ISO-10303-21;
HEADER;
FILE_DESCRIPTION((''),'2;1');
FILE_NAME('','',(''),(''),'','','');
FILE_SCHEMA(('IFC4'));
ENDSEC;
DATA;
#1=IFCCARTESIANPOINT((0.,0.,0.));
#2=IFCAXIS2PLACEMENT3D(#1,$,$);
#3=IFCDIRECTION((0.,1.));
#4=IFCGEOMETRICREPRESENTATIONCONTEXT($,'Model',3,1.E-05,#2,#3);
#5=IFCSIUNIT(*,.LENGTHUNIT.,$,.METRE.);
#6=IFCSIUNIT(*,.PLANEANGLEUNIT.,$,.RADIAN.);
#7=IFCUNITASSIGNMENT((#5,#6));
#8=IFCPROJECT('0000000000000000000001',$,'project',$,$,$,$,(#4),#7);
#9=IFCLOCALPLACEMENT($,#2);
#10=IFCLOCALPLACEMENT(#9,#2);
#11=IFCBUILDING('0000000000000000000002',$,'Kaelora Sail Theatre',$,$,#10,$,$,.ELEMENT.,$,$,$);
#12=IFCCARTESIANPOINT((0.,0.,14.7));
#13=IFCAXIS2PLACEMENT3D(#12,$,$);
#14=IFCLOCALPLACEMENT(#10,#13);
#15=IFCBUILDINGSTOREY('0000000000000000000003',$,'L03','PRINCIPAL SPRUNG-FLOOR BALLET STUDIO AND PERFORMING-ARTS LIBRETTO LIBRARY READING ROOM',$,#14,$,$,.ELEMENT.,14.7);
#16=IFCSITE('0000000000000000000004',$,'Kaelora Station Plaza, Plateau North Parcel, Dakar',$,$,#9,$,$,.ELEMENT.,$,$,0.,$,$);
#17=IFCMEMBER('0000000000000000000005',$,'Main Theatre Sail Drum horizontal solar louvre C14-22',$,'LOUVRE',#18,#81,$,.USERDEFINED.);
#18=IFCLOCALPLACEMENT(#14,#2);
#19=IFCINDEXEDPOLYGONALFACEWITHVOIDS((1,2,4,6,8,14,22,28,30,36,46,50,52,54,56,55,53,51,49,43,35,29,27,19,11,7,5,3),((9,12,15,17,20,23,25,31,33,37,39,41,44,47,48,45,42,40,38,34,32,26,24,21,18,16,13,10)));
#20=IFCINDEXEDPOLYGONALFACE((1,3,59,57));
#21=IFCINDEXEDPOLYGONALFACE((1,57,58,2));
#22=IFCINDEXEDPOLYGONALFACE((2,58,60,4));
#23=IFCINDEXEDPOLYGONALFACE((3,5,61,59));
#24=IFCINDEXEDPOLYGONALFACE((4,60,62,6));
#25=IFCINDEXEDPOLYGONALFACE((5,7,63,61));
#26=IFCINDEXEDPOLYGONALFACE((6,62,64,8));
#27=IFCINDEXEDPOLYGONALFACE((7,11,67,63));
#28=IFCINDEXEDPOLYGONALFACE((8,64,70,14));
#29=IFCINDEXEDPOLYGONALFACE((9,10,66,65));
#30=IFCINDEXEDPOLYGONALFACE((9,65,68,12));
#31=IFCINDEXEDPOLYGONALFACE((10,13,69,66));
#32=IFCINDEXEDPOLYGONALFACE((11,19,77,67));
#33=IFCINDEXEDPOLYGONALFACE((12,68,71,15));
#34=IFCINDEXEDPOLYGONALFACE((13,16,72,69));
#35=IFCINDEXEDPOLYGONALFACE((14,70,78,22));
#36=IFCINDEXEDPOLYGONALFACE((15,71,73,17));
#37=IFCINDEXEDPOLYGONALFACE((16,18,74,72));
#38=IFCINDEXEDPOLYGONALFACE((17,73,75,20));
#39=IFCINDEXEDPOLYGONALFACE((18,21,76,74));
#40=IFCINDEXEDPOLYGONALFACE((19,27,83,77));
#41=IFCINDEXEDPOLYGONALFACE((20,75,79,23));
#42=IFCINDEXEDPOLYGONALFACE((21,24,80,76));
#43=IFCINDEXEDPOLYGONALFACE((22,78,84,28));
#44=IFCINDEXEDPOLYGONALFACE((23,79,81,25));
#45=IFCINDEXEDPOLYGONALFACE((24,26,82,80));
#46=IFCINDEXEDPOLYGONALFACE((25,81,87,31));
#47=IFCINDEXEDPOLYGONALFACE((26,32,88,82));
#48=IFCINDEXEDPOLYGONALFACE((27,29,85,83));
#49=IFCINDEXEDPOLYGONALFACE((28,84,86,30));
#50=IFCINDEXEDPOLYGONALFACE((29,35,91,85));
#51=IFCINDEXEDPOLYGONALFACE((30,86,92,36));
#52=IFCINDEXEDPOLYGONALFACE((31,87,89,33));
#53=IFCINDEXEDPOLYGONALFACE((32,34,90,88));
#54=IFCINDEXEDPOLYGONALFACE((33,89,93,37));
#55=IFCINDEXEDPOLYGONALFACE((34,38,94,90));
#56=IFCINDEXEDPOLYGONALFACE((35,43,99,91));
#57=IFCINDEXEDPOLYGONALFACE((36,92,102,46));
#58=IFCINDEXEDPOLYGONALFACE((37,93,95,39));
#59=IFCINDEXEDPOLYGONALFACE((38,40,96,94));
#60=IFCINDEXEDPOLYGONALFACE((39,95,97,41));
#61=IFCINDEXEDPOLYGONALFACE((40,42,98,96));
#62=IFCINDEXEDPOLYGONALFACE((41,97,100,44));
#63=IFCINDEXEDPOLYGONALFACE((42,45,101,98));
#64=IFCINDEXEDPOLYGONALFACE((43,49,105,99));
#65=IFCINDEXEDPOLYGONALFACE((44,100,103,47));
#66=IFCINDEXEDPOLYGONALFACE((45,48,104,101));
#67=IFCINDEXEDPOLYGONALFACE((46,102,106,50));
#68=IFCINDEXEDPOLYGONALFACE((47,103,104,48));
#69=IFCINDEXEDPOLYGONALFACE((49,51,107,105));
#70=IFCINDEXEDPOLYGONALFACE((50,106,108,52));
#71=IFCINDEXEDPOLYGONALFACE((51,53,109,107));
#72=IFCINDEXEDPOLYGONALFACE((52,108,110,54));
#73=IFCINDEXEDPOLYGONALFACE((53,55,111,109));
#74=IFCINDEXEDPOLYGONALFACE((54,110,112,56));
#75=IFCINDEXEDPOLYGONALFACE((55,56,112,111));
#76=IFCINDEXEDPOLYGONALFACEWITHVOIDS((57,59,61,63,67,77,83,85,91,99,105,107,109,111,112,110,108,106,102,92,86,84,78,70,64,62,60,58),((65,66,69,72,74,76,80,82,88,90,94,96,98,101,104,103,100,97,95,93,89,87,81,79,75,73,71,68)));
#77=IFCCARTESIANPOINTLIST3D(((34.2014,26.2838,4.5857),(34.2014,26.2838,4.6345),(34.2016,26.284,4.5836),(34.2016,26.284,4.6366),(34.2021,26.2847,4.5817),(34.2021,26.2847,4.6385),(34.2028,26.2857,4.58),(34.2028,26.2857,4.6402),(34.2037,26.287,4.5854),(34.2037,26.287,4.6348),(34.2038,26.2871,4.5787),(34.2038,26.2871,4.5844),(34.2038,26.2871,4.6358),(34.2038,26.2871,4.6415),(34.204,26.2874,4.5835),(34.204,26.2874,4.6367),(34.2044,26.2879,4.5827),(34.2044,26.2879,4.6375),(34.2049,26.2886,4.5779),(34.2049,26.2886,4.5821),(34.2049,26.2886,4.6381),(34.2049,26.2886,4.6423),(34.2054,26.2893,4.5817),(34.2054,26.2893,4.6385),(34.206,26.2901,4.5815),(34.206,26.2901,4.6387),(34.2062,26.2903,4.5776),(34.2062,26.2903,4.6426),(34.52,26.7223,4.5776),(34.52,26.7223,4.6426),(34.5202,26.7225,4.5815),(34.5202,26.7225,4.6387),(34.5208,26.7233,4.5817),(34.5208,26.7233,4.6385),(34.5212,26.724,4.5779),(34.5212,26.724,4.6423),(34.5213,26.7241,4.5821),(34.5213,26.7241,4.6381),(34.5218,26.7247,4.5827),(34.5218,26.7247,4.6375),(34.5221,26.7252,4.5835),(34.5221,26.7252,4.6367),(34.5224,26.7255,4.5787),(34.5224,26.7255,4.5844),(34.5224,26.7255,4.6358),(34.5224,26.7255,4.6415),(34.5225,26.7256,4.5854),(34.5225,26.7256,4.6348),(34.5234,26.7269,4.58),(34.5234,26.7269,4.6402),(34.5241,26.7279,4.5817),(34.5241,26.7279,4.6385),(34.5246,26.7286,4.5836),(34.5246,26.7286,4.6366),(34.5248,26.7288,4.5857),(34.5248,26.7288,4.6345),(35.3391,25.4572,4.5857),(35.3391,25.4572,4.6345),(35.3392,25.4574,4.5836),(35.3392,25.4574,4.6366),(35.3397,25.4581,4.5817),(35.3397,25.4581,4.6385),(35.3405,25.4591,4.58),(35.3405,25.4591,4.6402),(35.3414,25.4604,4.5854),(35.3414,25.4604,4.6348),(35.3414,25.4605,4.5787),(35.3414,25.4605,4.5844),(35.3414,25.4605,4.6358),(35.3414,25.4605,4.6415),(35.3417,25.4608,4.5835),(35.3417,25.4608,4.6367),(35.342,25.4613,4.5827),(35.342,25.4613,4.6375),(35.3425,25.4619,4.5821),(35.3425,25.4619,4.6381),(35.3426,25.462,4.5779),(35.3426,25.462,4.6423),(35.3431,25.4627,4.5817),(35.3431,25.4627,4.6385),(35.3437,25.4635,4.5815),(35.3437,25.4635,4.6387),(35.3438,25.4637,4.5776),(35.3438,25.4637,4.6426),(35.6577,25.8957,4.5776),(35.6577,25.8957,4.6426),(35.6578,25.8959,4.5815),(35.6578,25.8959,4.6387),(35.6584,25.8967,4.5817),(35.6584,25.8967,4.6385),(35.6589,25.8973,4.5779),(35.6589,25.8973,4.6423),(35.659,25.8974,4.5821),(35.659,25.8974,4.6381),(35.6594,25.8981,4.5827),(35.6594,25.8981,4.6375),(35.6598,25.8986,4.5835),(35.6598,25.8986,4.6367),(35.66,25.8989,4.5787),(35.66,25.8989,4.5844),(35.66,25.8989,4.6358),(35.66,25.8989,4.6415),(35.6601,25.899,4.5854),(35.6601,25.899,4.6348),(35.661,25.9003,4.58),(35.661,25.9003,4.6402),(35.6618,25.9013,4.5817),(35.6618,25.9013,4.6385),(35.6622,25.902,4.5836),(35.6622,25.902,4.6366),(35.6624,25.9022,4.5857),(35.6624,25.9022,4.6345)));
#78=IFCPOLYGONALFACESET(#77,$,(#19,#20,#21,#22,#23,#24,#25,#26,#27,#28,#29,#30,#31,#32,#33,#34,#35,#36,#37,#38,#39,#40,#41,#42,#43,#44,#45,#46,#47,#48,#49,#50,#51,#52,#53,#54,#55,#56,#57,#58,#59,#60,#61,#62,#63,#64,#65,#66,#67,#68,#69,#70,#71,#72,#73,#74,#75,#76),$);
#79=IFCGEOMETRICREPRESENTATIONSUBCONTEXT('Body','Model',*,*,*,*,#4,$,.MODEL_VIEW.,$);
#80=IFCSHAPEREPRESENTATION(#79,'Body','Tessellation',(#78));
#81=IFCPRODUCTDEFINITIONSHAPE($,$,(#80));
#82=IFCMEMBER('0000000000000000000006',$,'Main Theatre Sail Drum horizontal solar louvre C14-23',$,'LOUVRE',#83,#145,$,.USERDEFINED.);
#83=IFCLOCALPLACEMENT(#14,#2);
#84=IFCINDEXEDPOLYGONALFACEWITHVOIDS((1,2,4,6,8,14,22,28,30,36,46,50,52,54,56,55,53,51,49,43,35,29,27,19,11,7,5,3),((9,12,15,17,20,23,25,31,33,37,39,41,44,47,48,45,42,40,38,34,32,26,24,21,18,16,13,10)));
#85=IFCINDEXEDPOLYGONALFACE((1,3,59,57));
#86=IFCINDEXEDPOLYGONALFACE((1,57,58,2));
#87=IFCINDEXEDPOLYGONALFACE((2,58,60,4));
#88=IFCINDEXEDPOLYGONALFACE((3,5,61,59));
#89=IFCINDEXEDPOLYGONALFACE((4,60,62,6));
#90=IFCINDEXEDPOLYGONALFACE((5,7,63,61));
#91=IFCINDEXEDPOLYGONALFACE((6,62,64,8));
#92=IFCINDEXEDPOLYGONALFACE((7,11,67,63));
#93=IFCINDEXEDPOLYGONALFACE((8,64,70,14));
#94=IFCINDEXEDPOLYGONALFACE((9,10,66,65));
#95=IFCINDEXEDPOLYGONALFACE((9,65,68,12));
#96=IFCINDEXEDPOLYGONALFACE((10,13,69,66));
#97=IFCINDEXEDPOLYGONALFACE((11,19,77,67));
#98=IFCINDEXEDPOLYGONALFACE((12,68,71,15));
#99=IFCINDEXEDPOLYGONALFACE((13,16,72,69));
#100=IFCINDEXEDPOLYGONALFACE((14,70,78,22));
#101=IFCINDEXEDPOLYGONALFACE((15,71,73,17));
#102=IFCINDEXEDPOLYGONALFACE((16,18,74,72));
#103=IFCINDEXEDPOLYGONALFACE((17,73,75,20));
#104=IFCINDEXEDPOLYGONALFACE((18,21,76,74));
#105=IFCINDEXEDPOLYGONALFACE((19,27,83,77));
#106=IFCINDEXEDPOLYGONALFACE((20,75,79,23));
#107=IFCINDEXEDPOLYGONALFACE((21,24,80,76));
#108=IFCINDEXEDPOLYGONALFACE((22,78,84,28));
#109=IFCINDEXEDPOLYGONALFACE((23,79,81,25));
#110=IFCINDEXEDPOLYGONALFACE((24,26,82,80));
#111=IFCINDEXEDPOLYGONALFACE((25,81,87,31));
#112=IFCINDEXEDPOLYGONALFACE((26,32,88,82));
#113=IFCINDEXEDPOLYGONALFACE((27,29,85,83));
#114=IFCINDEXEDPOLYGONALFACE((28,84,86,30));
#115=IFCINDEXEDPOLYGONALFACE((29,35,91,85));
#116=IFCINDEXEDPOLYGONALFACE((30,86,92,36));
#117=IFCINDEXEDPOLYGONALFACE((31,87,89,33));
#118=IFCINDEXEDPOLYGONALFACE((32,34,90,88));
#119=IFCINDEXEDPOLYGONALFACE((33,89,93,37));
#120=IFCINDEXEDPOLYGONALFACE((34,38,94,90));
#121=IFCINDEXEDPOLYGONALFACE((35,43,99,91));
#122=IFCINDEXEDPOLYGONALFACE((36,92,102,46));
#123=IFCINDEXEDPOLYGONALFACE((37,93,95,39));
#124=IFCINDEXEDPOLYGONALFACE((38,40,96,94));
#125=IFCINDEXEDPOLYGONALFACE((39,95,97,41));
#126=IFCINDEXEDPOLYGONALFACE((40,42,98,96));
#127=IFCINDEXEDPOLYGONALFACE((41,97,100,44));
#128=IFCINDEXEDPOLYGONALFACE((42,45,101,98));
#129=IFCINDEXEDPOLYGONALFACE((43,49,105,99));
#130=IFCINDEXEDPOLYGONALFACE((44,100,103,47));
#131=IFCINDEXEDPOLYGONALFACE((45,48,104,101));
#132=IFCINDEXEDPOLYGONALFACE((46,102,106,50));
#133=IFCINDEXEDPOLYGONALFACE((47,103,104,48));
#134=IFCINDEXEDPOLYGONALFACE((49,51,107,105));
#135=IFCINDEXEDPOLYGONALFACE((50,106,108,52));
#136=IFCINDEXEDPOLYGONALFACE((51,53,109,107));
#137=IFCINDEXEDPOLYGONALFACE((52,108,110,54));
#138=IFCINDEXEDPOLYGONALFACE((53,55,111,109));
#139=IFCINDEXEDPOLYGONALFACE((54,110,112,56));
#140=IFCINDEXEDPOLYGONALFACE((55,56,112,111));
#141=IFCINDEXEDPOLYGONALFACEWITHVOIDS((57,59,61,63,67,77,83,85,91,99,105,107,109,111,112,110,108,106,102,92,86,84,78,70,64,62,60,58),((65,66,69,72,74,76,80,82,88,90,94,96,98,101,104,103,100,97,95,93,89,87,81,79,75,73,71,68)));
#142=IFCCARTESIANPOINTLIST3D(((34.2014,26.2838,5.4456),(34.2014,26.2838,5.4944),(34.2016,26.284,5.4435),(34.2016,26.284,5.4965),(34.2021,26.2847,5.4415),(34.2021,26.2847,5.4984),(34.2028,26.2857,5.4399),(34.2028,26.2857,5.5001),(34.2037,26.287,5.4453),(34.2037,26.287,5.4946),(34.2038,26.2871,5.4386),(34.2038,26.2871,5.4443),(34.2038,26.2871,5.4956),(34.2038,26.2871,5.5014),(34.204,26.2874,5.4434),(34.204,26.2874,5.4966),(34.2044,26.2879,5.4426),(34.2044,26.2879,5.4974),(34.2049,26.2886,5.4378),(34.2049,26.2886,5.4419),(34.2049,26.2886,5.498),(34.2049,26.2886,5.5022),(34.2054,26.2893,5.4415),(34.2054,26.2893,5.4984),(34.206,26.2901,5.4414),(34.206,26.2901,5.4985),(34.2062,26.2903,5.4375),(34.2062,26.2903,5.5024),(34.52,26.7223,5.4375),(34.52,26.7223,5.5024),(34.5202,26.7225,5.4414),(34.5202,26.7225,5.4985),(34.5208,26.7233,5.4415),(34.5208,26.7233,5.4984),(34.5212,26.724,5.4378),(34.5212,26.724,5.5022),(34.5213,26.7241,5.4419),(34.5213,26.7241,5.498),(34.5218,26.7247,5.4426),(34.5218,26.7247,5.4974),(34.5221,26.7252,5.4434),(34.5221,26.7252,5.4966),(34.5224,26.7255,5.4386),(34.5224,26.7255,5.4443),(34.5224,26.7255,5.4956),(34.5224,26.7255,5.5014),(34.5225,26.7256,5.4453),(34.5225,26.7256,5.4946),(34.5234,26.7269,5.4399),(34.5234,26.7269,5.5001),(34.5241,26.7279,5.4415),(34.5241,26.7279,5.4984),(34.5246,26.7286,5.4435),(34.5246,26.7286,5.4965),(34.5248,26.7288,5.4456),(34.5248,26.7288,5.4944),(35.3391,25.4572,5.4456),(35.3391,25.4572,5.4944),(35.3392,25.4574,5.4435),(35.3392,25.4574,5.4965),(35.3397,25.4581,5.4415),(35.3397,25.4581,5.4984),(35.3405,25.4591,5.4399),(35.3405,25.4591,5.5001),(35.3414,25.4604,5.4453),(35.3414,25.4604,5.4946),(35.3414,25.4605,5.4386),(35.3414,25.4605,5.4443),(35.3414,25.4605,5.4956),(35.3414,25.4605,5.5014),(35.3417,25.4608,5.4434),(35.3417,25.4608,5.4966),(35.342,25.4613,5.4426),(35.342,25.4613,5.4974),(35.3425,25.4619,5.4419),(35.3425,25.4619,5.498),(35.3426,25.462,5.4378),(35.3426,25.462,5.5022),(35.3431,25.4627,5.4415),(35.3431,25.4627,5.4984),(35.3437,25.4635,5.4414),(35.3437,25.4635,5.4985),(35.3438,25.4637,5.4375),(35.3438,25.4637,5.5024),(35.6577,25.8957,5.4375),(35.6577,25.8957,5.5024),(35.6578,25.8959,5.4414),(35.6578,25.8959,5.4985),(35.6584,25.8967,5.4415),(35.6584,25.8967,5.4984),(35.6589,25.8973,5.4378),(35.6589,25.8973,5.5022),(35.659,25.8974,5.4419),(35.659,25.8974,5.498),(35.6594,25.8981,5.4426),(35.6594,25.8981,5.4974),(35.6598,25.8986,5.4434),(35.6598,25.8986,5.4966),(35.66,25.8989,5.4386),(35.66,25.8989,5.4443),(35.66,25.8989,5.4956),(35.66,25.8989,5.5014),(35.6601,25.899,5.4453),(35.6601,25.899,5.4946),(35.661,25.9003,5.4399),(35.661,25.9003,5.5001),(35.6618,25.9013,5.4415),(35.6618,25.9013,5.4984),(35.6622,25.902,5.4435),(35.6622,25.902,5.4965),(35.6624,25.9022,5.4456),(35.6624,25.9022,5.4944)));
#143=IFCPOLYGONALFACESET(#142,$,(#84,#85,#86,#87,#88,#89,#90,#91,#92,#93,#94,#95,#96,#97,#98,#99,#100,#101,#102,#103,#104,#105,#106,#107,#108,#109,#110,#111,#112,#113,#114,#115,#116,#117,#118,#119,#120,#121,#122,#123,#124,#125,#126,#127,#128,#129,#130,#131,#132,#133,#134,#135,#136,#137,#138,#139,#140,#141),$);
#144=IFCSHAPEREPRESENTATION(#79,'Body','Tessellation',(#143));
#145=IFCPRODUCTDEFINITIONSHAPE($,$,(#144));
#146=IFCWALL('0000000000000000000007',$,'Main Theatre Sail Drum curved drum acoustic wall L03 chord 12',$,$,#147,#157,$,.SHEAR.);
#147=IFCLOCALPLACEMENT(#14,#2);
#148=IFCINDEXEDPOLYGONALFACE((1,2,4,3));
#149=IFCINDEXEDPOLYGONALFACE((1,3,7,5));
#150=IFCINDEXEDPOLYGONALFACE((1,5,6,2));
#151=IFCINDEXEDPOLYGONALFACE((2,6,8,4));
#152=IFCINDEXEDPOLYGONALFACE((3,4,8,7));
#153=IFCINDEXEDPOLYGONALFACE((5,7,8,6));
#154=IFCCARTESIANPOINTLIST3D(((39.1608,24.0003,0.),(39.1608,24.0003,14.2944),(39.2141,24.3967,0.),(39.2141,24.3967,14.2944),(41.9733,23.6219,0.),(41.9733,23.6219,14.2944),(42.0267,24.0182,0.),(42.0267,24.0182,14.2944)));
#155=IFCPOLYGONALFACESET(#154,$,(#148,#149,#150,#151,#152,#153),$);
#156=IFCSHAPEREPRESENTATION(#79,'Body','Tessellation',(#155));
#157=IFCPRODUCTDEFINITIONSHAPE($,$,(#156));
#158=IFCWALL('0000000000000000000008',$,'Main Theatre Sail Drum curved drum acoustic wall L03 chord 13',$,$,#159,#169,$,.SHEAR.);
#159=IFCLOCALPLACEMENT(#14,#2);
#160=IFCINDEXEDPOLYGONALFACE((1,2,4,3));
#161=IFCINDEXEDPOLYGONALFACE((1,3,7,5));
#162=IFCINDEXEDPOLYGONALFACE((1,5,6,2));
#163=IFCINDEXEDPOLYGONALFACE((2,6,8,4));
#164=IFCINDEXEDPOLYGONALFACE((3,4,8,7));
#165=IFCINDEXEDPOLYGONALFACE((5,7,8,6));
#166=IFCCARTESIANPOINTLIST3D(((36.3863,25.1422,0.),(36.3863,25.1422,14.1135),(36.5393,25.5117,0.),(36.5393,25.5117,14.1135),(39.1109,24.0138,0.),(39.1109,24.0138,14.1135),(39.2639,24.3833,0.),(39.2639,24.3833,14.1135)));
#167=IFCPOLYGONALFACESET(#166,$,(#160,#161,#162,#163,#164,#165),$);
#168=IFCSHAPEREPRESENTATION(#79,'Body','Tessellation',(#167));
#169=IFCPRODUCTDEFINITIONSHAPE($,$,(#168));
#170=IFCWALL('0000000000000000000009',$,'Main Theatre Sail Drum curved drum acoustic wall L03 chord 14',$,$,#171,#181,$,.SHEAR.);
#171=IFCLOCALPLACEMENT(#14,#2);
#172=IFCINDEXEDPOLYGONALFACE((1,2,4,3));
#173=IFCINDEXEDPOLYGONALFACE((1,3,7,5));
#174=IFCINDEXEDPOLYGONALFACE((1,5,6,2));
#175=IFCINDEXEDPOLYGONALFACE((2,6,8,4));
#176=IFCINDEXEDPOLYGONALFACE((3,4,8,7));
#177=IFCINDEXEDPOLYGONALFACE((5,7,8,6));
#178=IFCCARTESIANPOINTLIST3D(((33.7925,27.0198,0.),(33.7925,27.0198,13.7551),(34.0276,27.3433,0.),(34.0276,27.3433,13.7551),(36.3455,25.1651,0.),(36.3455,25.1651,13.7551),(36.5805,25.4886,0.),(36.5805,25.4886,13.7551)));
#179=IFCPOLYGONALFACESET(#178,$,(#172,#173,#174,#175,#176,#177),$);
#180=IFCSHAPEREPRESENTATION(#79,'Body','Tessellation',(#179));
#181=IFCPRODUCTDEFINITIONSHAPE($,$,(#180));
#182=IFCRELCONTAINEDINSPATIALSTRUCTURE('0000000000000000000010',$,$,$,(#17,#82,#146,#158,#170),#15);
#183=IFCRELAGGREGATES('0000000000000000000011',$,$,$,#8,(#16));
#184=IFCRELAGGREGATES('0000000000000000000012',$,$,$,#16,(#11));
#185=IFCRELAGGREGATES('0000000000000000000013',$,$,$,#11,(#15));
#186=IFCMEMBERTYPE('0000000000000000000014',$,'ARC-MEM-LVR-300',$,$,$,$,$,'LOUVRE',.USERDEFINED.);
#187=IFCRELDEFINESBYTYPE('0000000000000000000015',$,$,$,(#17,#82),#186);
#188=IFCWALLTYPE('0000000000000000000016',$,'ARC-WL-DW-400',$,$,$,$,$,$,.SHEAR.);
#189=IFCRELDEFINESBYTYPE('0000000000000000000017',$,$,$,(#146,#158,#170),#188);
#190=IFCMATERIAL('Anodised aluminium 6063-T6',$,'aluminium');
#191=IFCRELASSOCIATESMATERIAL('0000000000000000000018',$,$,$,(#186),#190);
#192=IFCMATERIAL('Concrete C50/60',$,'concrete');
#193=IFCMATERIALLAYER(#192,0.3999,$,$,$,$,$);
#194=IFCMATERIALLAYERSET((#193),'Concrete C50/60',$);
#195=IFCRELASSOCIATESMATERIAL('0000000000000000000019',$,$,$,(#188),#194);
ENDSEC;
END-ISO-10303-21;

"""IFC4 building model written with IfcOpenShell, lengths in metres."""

from ifc_helpers import new_model, si_unit, direction, frame, frame_2d, origin, origin_2d, place, context, subcontext, project, spatial, rectangle, hollow_rectangle, extrude, material, layer, layer_set, material_profile, profile_set, type_object, element, save


model = new_model("IFC4")

# Units and contexts
model_context = context("Model", 3, precision=1e-05, world=origin(), true_north=direction((0.0, 1.0)))
body_context = subcontext(model_context, "Body", "Model", "MODEL_VIEW")
ifc_project = project(units=[si_unit("LENGTHUNIT", "METRE"), si_unit("PLANEANGLEUNIT", "RADIAN")], contexts=[model_context])

# Site, building, storey
site_placement = place(None, origin())
site = spatial("IfcSite", under=ifc_project, at=site_placement, Name="Kaelora Station Plaza, Plateau North Parcel, Dakar", CompositionType="ELEMENT", RefElevation=0.0)
building_placement = place(site_placement, origin())
building = spatial("IfcBuilding", under=site, at=building_placement, Name="Kaelora Sail Theatre", CompositionType="ELEMENT")
storey_placement = place(building_placement, frame((0.0, 0.0, 14.7)))
storey = spatial("IfcBuildingStorey", under=building, at=storey_placement, Name="L03", Description="PRINCIPAL SPRUNG-FLOOR BALLET STUDIO AND PERFORMING-ARTS LIBRETTO LIBRARY READING ROOM", CompositionType="ELEMENT", Elevation=14.7)

# Members
ifc_material_1 = material(Name="Anodised aluminium 6063-T6", Category="aluminium")
ifc_material_profile_1 = material_profile(ifc_material_1, hollow_rectangle(XDim=0.55, YDim=0.0649, WallThickness=0.0039, InnerFilletRadius=0.0039, OuterFilletRadius=0.0081, at=origin_2d()), Name="LOUVRE 550x65x4")
ifc_profile_set_1 = profile_set([ifc_material_profile_1], Name="Anodised aluminium 6063-T6")
member_type = type_object("IfcMemberType", Name="ARC-MEM-LVR-300", ElementType="LOUVRE", PredefinedType="USERDEFINED", material=ifc_profile_set_1)
for number, where, z_axis, x_axis, name in (
    (1, (35.5007, 25.6797, 4.6101), (-0.808991, 0.587821, 0.0), (-0.587821, -0.808991, 0.0), "Main Theatre Sail Drum horizontal solar louvre C14-22"),
    (2, (35.5007, 25.6797, 5.47), (-0.808991, 0.587821, 0.0), (-0.587821, -0.808991, 0.0), "Main Theatre Sail Drum horizontal solar louvre C14-23"),
):
    element("IfcMember", number, at=place(storey_placement, frame(where, z_axis=z_axis, x_axis=x_axis)), inside=storey, type_object=member_type, Name=name, ObjectType="LOUVRE", PredefinedType="USERDEFINED", context=body_context, shape_type="SweptSolid", body=[
        extrude(hollow_rectangle(XDim=0.55, YDim=0.0649, WallThickness=0.0039, InnerFilletRadius=0.0039, OuterFilletRadius=0.0081, at=origin_2d()), origin(), (0.0, 0.0, 1.0), 1.4062),
    ])

# Walls
ifc_material_2 = material(Name="Concrete C50/60", Category="concrete")
ifc_layer = layer(ifc_material_2, 0.3999)
ifc_layer_set = layer_set([ifc_layer], Name="Concrete C50/60")
wall_type = type_object("IfcWallType", Name="ARC-WL-DW-400", PredefinedType="SHEAR", material=ifc_layer_set)
wall_1_placement = place(storey_placement, frame((42.0, 23.8201, 0.0), z_axis=(0.0, 0.0, 1.0), x_axis=(-0.991069, 0.133347, 0.0)))
element("IfcWall", 3, at=wall_1_placement, inside=storey, type_object=wall_type, Name="Main Theatre Sail Drum curved drum acoustic wall L03 chord 12", PredefinedType="SHEAR", context=body_context, shape_type="SweptSolid", body=[
    extrude(rectangle(XDim=2.8379, YDim=0.3999, at=frame_2d((1.4189, 0.0))), origin(), (0.0, 0.0, 1.0), 14.2944),
])
wall_2_placement = place(storey_placement, frame((39.1875, 24.1985, 0.0), z_axis=(0.0, 0.0, 1.0), x_axis=(-0.923898, 0.382639, 0.0)))
element("IfcWall", 4, at=wall_2_placement, inside=storey, type_object=wall_type, Name="Main Theatre Sail Drum curved drum acoustic wall L03 chord 13", PredefinedType="SHEAR", context=body_context, shape_type="SweptSolid", body=[
    extrude(rectangle(XDim=2.949, YDim=0.3999, at=frame_2d((1.4746, 0.0))), origin(), (0.0, 0.0, 1.0), 14.1135),
])
wall_3_placement = place(storey_placement, frame((36.4629, 25.3269, 0.0), z_axis=(0.0, 0.0, 1.0), x_axis=(-0.809034, 0.587762, 0.0)))
element("IfcWall", 5, at=wall_3_placement, inside=storey, type_object=wall_type, Name="Main Theatre Sail Drum curved drum acoustic wall L03 chord 14", PredefinedType="SHEAR", context=body_context, shape_type="SweptSolid", body=[
    extrude(rectangle(XDim=3.1555, YDim=0.3999, at=frame_2d((1.5776, 0.0))), origin(), (0.0, 0.0, 1.0), 13.7551),
])

save(model, "model.ifc")
